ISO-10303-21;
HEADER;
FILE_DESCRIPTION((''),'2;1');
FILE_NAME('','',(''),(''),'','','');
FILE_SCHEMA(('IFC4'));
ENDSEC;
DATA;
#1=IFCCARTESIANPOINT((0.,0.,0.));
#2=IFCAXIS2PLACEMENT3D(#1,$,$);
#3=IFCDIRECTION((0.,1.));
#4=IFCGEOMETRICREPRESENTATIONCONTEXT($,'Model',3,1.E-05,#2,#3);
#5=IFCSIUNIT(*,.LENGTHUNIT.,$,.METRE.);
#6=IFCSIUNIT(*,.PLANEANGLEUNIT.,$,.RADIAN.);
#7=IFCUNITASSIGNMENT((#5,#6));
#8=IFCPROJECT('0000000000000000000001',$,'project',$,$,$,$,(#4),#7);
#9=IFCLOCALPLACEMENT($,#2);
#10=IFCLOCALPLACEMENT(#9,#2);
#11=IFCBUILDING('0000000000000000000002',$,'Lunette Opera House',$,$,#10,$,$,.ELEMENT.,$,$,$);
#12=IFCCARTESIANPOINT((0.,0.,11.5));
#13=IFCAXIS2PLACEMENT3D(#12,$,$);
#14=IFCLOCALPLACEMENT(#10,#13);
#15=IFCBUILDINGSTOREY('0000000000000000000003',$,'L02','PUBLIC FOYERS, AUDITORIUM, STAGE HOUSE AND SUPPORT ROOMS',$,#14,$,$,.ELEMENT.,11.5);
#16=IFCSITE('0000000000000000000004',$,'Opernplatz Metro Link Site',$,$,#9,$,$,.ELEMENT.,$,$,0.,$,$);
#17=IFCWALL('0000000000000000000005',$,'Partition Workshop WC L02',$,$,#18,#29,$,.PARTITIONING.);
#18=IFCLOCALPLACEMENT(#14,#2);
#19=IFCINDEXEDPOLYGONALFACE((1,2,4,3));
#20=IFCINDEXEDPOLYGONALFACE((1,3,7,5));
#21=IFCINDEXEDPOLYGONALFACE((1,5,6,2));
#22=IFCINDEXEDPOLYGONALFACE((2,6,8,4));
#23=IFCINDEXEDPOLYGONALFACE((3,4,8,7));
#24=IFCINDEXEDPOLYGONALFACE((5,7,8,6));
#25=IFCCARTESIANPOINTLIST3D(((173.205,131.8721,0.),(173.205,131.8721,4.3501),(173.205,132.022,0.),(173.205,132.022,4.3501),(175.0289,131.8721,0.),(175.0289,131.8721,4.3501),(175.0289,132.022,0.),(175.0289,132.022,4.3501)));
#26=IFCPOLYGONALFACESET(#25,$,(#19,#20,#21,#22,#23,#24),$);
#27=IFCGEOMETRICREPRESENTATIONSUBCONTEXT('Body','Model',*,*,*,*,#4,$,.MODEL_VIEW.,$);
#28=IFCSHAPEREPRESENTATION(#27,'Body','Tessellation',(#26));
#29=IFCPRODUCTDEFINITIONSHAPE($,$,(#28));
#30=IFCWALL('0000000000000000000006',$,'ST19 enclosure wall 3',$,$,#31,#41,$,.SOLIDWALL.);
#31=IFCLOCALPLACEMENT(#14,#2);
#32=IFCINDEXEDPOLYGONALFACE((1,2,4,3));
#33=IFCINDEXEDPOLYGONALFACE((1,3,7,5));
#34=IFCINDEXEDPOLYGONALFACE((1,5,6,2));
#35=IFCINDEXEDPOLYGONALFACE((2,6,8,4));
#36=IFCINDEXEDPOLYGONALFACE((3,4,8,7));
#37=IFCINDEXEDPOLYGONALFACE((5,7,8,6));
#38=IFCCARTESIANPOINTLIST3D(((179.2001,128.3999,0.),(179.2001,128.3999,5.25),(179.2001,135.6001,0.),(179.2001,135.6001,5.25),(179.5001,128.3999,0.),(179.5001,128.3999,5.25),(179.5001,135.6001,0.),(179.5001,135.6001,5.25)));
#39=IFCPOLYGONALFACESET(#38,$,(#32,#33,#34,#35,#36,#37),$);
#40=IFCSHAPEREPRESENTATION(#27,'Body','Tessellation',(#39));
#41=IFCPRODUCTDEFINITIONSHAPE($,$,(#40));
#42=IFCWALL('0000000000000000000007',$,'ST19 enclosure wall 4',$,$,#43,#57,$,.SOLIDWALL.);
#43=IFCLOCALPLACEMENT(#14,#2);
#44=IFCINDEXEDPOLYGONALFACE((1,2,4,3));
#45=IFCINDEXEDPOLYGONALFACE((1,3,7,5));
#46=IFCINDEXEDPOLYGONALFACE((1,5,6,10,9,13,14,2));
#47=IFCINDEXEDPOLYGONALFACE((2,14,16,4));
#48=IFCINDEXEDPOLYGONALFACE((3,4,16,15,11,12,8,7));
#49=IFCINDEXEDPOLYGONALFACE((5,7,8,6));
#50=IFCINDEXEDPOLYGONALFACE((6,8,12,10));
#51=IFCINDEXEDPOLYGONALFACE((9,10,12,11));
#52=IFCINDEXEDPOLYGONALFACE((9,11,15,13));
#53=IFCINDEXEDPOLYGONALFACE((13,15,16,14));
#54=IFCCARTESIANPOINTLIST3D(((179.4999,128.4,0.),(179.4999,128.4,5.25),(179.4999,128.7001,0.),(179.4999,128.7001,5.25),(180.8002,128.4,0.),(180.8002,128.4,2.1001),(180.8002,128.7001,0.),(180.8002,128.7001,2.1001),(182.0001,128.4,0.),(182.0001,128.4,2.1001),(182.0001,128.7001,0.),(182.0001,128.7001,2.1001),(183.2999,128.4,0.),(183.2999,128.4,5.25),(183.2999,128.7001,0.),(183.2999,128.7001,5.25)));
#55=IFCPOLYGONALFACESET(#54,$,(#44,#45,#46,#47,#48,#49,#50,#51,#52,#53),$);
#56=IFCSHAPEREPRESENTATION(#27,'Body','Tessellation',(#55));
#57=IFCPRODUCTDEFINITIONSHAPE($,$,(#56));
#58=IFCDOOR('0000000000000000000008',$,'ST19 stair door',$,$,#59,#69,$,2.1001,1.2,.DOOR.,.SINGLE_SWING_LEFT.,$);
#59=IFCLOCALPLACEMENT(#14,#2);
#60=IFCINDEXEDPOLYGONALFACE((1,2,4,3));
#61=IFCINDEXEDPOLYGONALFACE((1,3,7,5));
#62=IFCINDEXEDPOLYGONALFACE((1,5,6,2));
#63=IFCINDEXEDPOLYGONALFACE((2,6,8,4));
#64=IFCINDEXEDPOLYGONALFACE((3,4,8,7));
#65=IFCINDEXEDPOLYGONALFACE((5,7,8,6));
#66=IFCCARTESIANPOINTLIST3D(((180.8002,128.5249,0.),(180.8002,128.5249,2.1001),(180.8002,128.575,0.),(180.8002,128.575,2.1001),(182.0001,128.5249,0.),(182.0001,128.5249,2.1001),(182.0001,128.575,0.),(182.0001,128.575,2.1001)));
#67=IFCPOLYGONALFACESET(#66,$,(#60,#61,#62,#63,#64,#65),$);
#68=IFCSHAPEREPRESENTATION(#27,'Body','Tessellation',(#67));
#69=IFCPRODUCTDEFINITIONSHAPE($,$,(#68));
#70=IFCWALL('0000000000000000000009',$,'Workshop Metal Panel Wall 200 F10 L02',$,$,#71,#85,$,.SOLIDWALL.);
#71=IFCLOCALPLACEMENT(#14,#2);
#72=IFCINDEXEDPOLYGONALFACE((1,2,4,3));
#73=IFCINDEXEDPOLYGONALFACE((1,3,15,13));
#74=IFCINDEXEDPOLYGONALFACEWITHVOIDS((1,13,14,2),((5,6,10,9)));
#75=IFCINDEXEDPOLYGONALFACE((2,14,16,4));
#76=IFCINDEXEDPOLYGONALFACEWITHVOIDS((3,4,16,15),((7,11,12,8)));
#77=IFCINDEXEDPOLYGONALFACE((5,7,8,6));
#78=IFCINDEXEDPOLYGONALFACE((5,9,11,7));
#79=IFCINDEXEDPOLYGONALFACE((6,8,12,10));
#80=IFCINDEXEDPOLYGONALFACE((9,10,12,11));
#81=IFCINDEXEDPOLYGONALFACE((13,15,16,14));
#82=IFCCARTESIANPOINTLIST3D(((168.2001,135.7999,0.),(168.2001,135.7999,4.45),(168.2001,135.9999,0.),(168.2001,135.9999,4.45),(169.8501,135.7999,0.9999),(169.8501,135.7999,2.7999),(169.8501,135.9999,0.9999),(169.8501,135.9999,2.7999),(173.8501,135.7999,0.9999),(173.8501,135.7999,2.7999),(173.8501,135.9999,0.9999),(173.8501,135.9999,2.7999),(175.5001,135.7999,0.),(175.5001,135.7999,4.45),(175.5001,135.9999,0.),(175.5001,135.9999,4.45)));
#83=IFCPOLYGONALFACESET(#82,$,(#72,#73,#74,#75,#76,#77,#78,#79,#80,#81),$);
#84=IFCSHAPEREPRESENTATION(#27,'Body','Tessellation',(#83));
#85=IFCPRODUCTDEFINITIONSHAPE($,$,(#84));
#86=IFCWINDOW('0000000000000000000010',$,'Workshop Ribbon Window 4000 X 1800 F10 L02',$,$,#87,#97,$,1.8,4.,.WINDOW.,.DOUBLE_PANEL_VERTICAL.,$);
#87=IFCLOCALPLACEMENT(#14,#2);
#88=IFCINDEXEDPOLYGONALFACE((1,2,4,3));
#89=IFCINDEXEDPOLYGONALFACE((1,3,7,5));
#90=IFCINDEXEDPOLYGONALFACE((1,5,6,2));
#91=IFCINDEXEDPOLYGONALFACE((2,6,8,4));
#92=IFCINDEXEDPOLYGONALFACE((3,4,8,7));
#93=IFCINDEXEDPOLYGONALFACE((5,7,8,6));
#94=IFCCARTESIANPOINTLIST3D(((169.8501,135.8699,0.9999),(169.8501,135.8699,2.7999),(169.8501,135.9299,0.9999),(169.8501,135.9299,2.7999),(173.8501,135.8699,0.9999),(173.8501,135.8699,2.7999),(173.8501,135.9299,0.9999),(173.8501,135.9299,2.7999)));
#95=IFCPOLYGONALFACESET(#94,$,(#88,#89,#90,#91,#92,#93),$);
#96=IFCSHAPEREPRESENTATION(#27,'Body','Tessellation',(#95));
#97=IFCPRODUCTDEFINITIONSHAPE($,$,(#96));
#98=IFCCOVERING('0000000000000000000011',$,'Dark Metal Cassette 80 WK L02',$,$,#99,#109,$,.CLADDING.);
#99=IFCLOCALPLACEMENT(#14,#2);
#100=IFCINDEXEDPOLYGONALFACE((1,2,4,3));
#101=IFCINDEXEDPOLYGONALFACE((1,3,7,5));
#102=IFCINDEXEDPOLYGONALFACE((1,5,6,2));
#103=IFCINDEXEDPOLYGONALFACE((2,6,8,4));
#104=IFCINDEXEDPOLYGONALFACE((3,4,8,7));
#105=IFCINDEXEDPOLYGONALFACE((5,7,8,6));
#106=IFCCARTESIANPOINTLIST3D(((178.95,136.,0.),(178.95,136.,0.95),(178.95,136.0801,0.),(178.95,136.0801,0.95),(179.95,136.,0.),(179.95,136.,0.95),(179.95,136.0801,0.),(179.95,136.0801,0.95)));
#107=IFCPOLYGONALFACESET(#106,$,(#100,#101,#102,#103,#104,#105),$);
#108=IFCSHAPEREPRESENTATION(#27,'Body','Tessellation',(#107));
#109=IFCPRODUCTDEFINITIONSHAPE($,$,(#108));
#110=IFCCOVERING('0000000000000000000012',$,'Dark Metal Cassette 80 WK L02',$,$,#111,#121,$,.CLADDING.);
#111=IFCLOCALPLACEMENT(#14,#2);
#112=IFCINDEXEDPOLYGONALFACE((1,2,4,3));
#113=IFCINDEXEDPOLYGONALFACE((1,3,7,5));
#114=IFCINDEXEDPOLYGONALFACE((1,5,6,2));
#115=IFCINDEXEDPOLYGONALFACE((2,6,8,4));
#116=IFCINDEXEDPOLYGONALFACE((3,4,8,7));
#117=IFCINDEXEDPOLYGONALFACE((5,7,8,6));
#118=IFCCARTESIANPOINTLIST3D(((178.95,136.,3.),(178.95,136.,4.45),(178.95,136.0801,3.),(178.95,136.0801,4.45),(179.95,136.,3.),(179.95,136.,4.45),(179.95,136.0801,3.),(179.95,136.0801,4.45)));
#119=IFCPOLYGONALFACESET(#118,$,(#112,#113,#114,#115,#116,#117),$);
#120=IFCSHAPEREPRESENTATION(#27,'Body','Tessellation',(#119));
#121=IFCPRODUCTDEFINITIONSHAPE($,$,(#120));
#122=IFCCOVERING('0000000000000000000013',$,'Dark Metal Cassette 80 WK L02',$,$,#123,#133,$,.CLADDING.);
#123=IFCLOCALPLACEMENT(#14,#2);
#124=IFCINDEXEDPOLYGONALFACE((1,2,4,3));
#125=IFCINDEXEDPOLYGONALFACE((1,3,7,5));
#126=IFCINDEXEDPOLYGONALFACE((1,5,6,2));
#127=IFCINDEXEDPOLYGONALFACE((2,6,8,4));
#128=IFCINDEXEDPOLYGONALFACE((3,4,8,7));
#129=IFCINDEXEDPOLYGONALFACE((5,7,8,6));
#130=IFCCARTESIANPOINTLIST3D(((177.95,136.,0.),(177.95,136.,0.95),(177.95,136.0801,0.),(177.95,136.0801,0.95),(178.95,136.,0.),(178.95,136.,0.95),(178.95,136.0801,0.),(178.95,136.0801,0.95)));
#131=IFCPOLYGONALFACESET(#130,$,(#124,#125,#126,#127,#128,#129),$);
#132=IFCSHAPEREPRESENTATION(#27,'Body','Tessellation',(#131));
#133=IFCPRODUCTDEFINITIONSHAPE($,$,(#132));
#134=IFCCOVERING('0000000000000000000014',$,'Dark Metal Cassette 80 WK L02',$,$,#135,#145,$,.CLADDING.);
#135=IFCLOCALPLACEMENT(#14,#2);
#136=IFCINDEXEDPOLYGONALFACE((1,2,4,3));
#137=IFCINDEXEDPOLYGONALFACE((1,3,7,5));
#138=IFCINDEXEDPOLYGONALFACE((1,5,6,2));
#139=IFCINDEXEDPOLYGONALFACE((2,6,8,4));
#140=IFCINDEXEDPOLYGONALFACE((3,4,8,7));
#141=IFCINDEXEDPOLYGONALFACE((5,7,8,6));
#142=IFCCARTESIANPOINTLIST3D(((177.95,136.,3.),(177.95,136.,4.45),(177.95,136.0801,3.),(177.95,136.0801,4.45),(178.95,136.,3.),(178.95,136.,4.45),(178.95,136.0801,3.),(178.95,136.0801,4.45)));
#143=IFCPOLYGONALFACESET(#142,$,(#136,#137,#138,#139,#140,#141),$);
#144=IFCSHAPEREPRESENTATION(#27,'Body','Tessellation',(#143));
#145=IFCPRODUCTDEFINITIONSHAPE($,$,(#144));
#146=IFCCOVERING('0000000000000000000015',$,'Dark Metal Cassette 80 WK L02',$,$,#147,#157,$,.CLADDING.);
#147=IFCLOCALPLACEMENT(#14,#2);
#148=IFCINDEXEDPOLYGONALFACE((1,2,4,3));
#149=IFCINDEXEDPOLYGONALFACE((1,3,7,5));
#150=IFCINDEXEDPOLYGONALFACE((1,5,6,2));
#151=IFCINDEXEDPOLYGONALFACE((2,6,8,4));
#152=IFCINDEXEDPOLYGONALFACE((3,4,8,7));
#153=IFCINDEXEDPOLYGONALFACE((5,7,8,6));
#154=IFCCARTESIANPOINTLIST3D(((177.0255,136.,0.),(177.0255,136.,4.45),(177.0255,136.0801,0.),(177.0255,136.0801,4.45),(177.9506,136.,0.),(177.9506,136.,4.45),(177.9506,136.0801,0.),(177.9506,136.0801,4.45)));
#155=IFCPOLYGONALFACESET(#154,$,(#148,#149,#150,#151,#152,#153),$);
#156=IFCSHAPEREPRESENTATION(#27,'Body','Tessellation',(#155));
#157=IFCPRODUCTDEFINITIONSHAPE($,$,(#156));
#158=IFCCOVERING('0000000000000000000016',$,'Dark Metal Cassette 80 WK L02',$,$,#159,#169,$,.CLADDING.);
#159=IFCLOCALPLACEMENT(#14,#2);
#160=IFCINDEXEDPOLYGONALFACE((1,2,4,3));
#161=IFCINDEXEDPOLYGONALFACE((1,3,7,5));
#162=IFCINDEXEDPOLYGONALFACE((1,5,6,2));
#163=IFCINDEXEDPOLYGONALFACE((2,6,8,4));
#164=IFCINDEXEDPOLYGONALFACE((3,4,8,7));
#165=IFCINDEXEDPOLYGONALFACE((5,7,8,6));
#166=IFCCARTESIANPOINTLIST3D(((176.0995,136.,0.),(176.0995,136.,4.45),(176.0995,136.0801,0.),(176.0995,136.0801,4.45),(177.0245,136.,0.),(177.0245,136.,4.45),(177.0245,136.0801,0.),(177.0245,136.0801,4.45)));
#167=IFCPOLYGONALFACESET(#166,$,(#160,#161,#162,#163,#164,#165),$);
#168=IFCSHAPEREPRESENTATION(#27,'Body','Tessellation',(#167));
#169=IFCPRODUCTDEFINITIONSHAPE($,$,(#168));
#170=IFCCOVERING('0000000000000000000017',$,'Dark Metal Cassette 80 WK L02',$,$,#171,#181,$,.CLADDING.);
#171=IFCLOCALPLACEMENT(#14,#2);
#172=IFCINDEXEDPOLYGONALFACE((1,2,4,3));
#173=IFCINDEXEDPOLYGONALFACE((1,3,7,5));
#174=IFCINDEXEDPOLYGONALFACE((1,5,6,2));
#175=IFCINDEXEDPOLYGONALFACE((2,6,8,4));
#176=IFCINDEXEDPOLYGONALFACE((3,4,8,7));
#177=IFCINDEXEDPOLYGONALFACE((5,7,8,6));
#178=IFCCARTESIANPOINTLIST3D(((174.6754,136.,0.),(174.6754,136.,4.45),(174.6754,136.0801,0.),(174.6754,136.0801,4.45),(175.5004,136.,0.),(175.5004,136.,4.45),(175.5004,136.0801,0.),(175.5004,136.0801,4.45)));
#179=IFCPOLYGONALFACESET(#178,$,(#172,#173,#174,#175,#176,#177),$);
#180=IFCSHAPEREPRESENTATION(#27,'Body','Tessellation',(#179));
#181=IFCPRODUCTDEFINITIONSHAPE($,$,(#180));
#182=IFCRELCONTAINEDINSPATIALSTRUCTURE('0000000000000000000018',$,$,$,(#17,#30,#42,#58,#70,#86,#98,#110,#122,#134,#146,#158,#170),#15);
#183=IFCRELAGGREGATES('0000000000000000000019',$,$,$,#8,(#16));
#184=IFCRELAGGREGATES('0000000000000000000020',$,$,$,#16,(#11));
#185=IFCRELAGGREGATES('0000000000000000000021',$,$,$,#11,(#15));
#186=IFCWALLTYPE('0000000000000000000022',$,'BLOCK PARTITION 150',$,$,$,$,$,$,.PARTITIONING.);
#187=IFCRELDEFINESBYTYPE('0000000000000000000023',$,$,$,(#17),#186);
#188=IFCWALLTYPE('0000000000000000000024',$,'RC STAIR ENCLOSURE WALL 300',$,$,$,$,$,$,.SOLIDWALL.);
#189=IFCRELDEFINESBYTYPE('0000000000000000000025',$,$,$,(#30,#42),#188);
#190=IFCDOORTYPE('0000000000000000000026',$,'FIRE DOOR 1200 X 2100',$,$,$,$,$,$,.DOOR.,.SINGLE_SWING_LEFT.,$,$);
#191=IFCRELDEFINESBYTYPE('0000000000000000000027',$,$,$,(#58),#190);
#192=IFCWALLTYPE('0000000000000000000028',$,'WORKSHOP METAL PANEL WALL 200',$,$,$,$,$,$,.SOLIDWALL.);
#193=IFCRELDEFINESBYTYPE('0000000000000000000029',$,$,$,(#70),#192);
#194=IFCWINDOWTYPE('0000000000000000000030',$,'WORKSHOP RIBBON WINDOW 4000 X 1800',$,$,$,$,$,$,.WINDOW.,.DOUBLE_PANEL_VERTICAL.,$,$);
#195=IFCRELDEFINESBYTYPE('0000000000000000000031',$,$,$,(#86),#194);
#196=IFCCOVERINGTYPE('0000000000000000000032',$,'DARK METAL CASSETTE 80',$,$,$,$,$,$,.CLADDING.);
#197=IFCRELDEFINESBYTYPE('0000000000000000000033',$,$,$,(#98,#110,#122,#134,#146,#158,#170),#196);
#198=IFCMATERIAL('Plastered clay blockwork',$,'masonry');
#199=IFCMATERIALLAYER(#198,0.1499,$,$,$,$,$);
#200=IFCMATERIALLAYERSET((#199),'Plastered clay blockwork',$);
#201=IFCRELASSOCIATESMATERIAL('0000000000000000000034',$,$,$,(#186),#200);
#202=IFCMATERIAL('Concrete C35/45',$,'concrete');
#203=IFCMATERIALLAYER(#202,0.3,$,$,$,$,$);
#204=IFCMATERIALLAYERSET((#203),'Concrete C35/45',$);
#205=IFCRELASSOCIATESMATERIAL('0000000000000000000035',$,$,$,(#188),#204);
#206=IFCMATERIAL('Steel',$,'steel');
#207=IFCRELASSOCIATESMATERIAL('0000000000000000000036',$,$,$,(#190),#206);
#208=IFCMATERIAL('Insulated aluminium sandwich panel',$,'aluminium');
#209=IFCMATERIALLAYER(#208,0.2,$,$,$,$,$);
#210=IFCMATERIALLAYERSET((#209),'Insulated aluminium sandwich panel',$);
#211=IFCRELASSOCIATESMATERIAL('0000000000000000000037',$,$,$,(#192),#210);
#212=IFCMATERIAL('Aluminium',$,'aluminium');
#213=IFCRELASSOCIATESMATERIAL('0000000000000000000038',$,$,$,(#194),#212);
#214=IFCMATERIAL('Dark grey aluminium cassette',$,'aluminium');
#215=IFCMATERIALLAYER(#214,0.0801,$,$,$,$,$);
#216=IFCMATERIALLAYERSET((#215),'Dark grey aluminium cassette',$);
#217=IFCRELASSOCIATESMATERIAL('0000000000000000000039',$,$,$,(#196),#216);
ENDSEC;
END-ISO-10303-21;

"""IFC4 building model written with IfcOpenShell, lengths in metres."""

from ifc_helpers import new_model, si_unit, direction, frame, frame_2d, origin, origin_2d, place, context, subcontext, project, spatial, rectangle, extrude, material, layer, layer_set, type_object, element, fill, save


model = new_model("IFC4")

# Units and contexts
model_context = context("Model", 3, precision=1e-05, world=origin(), true_north=direction((0.0, 1.0)))
body_context = subcontext(model_context, "Body", "Model", "MODEL_VIEW")
ifc_project = project(units=[si_unit("LENGTHUNIT", "METRE"), si_unit("PLANEANGLEUNIT", "RADIAN")], contexts=[model_context])

# Site, building, storey
site_placement = place(None, origin())
site = spatial("IfcSite", under=ifc_project, at=site_placement, Name="Opernplatz Metro Link Site", CompositionType="ELEMENT", RefElevation=0.0)
building_placement = place(site_placement, origin())
building = spatial("IfcBuilding", under=site, at=building_placement, Name="Lunette Opera House", CompositionType="ELEMENT")
storey_placement = place(building_placement, frame((0.0, 0.0, 11.5)))
storey = spatial("IfcBuildingStorey", under=building, at=storey_placement, Name="L02", Description="PUBLIC FOYERS, AUDITORIUM, STAGE HOUSE AND SUPPORT ROOMS", CompositionType="ELEMENT", Elevation=11.5)

# Shared definitions
ifc_material_1 = material(Name="Plastered clay blockwork", Category="masonry")
ifc_layer_1 = layer(ifc_material_1, 0.1499)
ifc_layer_set_1 = layer_set([ifc_layer_1], Name="Plastered clay blockwork")
wall_type_1 = type_object("IfcWallType", Name="BLOCK PARTITION 150", PredefinedType="PARTITIONING", material=ifc_layer_set_1)

# Walls
wall_1_placement = place(storey_placement, frame((175.0291, 131.947, 0.0), z_axis=(0.0, 0.0, 1.0), x_axis=(-1.0, 0.0, 0.0)))
element("IfcWall", 1, at=wall_1_placement, inside=storey, type_object=wall_type_1, Name="Partition Workshop WC L02", PredefinedType="PARTITIONING", context=body_context, shape_type="SweptSolid", body=[
    extrude(rectangle(XDim=1.824, YDim=0.1499, at=frame_2d((0.9121, 0.0))), origin(), (0.0, 0.0, 1.0), 4.3501),
])
ifc_material_2 = material(Name="Concrete C35/45", Category="concrete")
ifc_layer_2 = layer(ifc_material_2, 0.3)
ifc_layer_set_2 = layer_set([ifc_layer_2], Name="Concrete C35/45")
wall_type_2 = type_object("IfcWallType", Name="RC STAIR ENCLOSURE WALL 300", PredefinedType="SOLIDWALL", material=ifc_layer_set_2)
wall_2_placement = place(storey_placement, frame((179.3501, 135.6001, 0.0), z_axis=(0.0, 0.0, 1.0), x_axis=(0.0, -1.0, 0.0)))
element("IfcWall", 2, at=wall_2_placement, inside=storey, type_object=wall_type_2, Name="ST19 enclosure wall 3", PredefinedType="SOLIDWALL", context=body_context, shape_type="SweptSolid", body=[
    extrude(rectangle(XDim=7.2002, YDim=0.3, at=frame_2d((3.6001, 0.0))), origin(), (0.0, 0.0, 1.0), 5.25),
])

# Wall, opening, door
wall_3_placement = place(storey_placement, frame((179.5, 128.55, 0.0), z_axis=(0.0, 0.0, 1.0), x_axis=(1.0, 0.0, 0.0)))
wall_3 = element("IfcWall", 3, at=wall_3_placement, inside=storey, type_object=wall_type_2, Name="ST19 enclosure wall 4", PredefinedType="SOLIDWALL", context=body_context, shape_type="SweptSolid", body=[
    extrude(rectangle(XDim=3.8, YDim=0.3, at=frame_2d((1.8999, 0.0))), origin(), (0.0, 0.0, 1.0), 5.25),
])
opening_1_placement = place(wall_3_placement, frame((1.3, 0.0, 0.0)))
opening_1 = element("IfcOpeningElement", 4, at=opening_1_placement, cuts=wall_3, PredefinedType="OPENING", context=body_context, shape_type="SweptSolid", body=[
    extrude(rectangle(XDim=1.2, YDim=2.1001, at=frame_2d((0.6001, 1.05))), frame((0.0, 0.1621, 0.0), z_axis=(0.0, -1.0, 0.0), x_axis=(1.0, 0.0, 0.0)), (0.0, 0.0, 1.0), 0.324),
])
ifc_material_3 = material(Name="Steel", Category="steel")
door_type_1 = type_object("IfcDoorType", Name="FIRE DOOR 1200 X 2100", OperationType="SINGLE_SWING_LEFT", PredefinedType="DOOR", material=ifc_material_3)
door_1_placement = place(opening_1_placement, origin())
door_1 = element("IfcDoor", 5, at=door_1_placement, inside=storey, type_object=door_type_1, Name="ST19 stair door", OperationType="SINGLE_SWING_LEFT", OverallHeight=2.1001, OverallWidth=1.2, PredefinedType="DOOR", context=body_context, shape_type="SweptSolid", body=[
    extrude(rectangle(XDim=1.2, YDim=2.1001, at=frame_2d((0.6001, 1.05))), frame((0.0, 0.0249, 0.0), z_axis=(0.0, -1.0, 0.0), x_axis=(1.0, 0.0, 0.0)), (0.0, 0.0, 1.0), 0.05),
])
fill(opening_1, door_1)

# Wall, opening, window
ifc_material_4 = material(Name="Insulated aluminium sandwich panel", Category="aluminium")
ifc_layer_3 = layer(ifc_material_4, 0.2)
ifc_layer_set_3 = layer_set([ifc_layer_3], Name="Insulated aluminium sandwich panel")
wall_type_3 = type_object("IfcWallType", Name="WORKSHOP METAL PANEL WALL 200", PredefinedType="SOLIDWALL", material=ifc_layer_set_3)
wall_4_placement = place(storey_placement, frame((175.5, 135.8999, 0.0), z_axis=(0.0, 0.0, 1.0), x_axis=(-1.0, 0.0, 0.0)))
wall_4 = element("IfcWall", 6, at=wall_4_placement, inside=storey, type_object=wall_type_3, Name="Workshop Metal Panel Wall 200 F10 L02", PredefinedType="SOLIDWALL", context=body_context, shape_type="SweptSolid", body=[
    extrude(rectangle(XDim=7.3, YDim=0.2, at=frame_2d((3.6499, 0.0))), origin(), (0.0, 0.0, 1.0), 4.45),
])
opening_2_placement = place(wall_4_placement, frame((1.6499, 0.0, 1.0)))
opening_2 = element("IfcOpeningElement", 7, at=opening_2_placement, cuts=wall_4, PredefinedType="OPENING", context=body_context, shape_type="SweptSolid", body=[
    extrude(rectangle(XDim=4.0, YDim=1.8, at=frame_2d((2.0, 0.8999))), frame((0.0, 0.1121, 0.0), z_axis=(0.0, -1.0, 0.0), x_axis=(1.0, 0.0, 0.0)), (0.0, 0.0, 1.0), 0.2239),
])
ifc_material_5 = material(Name="Aluminium", Category="aluminium")
window_type = type_object("IfcWindowType", Name="WORKSHOP RIBBON WINDOW 4000 X 1800", PartitioningType="DOUBLE_PANEL_VERTICAL", PredefinedType="WINDOW", material=ifc_material_5)
window_placement = place(opening_2_placement, origin())
window = element("IfcWindow", 8, at=window_placement, inside=storey, type_object=window_type, Name="Workshop Ribbon Window 4000 X 1800 F10 L02", OverallHeight=1.8, OverallWidth=4.0, PartitioningType="DOUBLE_PANEL_VERTICAL", PredefinedType="WINDOW", context=body_context, shape_type="SweptSolid", body=[
    extrude(rectangle(XDim=4.0, YDim=1.8, at=frame_2d((2.0, 0.8999))), frame((0.0, 0.03, 0.0), z_axis=(0.0, -1.0, 0.0), x_axis=(1.0, 0.0, 0.0)), (0.0, 0.0, 1.0), 0.0601),
])
fill(opening_2, window)

# Coverings
ifc_material_6 = material(Name="Dark grey aluminium cassette", Category="aluminium")
ifc_layer_4 = layer(ifc_material_6, 0.0801)
ifc_layer_set_4 = layer_set([ifc_layer_4], Name="Dark grey aluminium cassette")
covering_type = type_object("IfcCoveringType", Name="DARK METAL CASSETTE 80", PredefinedType="CLADDING", material=ifc_layer_set_4)
covering_1_placement = place(storey_placement, frame((179.45, 136.04, 0.0), z_axis=(0.0, 0.0, 1.0), x_axis=(-1.0, 0.0, 0.0)))
element("IfcCovering", 9, at=covering_1_placement, inside=storey, type_object=covering_type, Name="Dark Metal Cassette 80 WK L02", PredefinedType="CLADDING", context=body_context, shape_type="SweptSolid", body=[
    extrude(rectangle(XDim=1.0, YDim=0.0801, at=origin_2d()), origin(), (0.0, 0.0, 1.0), 0.95),
])
covering_2_placement = place(storey_placement, frame((179.45, 136.04, 3.0), z_axis=(0.0, 0.0, 1.0), x_axis=(-1.0, 0.0, 0.0)))
element("IfcCovering", 10, at=covering_2_placement, inside=storey, type_object=covering_type, Name="Dark Metal Cassette 80 WK L02", PredefinedType="CLADDING", context=body_context, shape_type="SweptSolid", body=[
    extrude(rectangle(XDim=1.0, YDim=0.0801, at=origin_2d()), origin(), (0.0, 0.0, 1.0), 1.45),
])
covering_3_placement = place(storey_placement, frame((178.45, 136.04, 0.0), z_axis=(0.0, 0.0, 1.0), x_axis=(-1.0, 0.0, 0.0)))
element("IfcCovering", 11, at=covering_3_placement, inside=storey, type_object=covering_type, Name="Dark Metal Cassette 80 WK L02", PredefinedType="CLADDING", context=body_context, shape_type="SweptSolid", body=[
    extrude(rectangle(XDim=1.0, YDim=0.0801, at=origin_2d()), origin(), (0.0, 0.0, 1.0), 0.95),
])
covering_4_placement = place(storey_placement, frame((178.45, 136.04, 3.0), z_axis=(0.0, 0.0, 1.0), x_axis=(-1.0, 0.0, 0.0)))
element("IfcCovering", 12, at=covering_4_placement, inside=storey, type_object=covering_type, Name="Dark Metal Cassette 80 WK L02", PredefinedType="CLADDING", context=body_context, shape_type="SweptSolid", body=[
    extrude(rectangle(XDim=1.0, YDim=0.0801, at=origin_2d()), origin(), (0.0, 0.0, 1.0), 1.45),
])
for number, where, z_axis, x_axis, name in (
    (13, (177.488, 136.04, 0.0), (0.0, 0.0, 1.0), (-1.0, 0.0, 0.0), "Dark Metal Cassette 80 WK L02"),
    (14, (176.562, 136.04, 0.0), (0.0, 0.0, 1.0), (-1.0, 0.0, 0.0), "Dark Metal Cassette 80 WK L02"),
):
    element("IfcCovering", number, at=place(storey_placement, frame(where, z_axis=z_axis, x_axis=x_axis)), inside=storey, type_object=covering_type, Name=name, PredefinedType="CLADDING", context=body_context, shape_type="SweptSolid", body=[
        extrude(rectangle(XDim=0.925, YDim=0.0801, at=origin_2d()), origin(), (0.0, 0.0, 1.0), 4.45),
    ])
for number, where, z_axis, x_axis, name in (
    (15, (175.0879, 136.04, 0.0), (0.0, 0.0, 1.0), (-1.0, 0.0, 0.0), "Dark Metal Cassette 80 WK L02"),
):
    element("IfcCovering", number, at=place(storey_placement, frame(where, z_axis=z_axis, x_axis=x_axis)), inside=storey, type_object=covering_type, Name=name, PredefinedType="CLADDING", context=body_context, shape_type="SweptSolid", body=[
        extrude(rectangle(XDim=0.825, YDim=0.0801, at=origin_2d()), origin(), (0.0, 0.0, 1.0), 4.45),
    ])

save(model, "model.ifc")
